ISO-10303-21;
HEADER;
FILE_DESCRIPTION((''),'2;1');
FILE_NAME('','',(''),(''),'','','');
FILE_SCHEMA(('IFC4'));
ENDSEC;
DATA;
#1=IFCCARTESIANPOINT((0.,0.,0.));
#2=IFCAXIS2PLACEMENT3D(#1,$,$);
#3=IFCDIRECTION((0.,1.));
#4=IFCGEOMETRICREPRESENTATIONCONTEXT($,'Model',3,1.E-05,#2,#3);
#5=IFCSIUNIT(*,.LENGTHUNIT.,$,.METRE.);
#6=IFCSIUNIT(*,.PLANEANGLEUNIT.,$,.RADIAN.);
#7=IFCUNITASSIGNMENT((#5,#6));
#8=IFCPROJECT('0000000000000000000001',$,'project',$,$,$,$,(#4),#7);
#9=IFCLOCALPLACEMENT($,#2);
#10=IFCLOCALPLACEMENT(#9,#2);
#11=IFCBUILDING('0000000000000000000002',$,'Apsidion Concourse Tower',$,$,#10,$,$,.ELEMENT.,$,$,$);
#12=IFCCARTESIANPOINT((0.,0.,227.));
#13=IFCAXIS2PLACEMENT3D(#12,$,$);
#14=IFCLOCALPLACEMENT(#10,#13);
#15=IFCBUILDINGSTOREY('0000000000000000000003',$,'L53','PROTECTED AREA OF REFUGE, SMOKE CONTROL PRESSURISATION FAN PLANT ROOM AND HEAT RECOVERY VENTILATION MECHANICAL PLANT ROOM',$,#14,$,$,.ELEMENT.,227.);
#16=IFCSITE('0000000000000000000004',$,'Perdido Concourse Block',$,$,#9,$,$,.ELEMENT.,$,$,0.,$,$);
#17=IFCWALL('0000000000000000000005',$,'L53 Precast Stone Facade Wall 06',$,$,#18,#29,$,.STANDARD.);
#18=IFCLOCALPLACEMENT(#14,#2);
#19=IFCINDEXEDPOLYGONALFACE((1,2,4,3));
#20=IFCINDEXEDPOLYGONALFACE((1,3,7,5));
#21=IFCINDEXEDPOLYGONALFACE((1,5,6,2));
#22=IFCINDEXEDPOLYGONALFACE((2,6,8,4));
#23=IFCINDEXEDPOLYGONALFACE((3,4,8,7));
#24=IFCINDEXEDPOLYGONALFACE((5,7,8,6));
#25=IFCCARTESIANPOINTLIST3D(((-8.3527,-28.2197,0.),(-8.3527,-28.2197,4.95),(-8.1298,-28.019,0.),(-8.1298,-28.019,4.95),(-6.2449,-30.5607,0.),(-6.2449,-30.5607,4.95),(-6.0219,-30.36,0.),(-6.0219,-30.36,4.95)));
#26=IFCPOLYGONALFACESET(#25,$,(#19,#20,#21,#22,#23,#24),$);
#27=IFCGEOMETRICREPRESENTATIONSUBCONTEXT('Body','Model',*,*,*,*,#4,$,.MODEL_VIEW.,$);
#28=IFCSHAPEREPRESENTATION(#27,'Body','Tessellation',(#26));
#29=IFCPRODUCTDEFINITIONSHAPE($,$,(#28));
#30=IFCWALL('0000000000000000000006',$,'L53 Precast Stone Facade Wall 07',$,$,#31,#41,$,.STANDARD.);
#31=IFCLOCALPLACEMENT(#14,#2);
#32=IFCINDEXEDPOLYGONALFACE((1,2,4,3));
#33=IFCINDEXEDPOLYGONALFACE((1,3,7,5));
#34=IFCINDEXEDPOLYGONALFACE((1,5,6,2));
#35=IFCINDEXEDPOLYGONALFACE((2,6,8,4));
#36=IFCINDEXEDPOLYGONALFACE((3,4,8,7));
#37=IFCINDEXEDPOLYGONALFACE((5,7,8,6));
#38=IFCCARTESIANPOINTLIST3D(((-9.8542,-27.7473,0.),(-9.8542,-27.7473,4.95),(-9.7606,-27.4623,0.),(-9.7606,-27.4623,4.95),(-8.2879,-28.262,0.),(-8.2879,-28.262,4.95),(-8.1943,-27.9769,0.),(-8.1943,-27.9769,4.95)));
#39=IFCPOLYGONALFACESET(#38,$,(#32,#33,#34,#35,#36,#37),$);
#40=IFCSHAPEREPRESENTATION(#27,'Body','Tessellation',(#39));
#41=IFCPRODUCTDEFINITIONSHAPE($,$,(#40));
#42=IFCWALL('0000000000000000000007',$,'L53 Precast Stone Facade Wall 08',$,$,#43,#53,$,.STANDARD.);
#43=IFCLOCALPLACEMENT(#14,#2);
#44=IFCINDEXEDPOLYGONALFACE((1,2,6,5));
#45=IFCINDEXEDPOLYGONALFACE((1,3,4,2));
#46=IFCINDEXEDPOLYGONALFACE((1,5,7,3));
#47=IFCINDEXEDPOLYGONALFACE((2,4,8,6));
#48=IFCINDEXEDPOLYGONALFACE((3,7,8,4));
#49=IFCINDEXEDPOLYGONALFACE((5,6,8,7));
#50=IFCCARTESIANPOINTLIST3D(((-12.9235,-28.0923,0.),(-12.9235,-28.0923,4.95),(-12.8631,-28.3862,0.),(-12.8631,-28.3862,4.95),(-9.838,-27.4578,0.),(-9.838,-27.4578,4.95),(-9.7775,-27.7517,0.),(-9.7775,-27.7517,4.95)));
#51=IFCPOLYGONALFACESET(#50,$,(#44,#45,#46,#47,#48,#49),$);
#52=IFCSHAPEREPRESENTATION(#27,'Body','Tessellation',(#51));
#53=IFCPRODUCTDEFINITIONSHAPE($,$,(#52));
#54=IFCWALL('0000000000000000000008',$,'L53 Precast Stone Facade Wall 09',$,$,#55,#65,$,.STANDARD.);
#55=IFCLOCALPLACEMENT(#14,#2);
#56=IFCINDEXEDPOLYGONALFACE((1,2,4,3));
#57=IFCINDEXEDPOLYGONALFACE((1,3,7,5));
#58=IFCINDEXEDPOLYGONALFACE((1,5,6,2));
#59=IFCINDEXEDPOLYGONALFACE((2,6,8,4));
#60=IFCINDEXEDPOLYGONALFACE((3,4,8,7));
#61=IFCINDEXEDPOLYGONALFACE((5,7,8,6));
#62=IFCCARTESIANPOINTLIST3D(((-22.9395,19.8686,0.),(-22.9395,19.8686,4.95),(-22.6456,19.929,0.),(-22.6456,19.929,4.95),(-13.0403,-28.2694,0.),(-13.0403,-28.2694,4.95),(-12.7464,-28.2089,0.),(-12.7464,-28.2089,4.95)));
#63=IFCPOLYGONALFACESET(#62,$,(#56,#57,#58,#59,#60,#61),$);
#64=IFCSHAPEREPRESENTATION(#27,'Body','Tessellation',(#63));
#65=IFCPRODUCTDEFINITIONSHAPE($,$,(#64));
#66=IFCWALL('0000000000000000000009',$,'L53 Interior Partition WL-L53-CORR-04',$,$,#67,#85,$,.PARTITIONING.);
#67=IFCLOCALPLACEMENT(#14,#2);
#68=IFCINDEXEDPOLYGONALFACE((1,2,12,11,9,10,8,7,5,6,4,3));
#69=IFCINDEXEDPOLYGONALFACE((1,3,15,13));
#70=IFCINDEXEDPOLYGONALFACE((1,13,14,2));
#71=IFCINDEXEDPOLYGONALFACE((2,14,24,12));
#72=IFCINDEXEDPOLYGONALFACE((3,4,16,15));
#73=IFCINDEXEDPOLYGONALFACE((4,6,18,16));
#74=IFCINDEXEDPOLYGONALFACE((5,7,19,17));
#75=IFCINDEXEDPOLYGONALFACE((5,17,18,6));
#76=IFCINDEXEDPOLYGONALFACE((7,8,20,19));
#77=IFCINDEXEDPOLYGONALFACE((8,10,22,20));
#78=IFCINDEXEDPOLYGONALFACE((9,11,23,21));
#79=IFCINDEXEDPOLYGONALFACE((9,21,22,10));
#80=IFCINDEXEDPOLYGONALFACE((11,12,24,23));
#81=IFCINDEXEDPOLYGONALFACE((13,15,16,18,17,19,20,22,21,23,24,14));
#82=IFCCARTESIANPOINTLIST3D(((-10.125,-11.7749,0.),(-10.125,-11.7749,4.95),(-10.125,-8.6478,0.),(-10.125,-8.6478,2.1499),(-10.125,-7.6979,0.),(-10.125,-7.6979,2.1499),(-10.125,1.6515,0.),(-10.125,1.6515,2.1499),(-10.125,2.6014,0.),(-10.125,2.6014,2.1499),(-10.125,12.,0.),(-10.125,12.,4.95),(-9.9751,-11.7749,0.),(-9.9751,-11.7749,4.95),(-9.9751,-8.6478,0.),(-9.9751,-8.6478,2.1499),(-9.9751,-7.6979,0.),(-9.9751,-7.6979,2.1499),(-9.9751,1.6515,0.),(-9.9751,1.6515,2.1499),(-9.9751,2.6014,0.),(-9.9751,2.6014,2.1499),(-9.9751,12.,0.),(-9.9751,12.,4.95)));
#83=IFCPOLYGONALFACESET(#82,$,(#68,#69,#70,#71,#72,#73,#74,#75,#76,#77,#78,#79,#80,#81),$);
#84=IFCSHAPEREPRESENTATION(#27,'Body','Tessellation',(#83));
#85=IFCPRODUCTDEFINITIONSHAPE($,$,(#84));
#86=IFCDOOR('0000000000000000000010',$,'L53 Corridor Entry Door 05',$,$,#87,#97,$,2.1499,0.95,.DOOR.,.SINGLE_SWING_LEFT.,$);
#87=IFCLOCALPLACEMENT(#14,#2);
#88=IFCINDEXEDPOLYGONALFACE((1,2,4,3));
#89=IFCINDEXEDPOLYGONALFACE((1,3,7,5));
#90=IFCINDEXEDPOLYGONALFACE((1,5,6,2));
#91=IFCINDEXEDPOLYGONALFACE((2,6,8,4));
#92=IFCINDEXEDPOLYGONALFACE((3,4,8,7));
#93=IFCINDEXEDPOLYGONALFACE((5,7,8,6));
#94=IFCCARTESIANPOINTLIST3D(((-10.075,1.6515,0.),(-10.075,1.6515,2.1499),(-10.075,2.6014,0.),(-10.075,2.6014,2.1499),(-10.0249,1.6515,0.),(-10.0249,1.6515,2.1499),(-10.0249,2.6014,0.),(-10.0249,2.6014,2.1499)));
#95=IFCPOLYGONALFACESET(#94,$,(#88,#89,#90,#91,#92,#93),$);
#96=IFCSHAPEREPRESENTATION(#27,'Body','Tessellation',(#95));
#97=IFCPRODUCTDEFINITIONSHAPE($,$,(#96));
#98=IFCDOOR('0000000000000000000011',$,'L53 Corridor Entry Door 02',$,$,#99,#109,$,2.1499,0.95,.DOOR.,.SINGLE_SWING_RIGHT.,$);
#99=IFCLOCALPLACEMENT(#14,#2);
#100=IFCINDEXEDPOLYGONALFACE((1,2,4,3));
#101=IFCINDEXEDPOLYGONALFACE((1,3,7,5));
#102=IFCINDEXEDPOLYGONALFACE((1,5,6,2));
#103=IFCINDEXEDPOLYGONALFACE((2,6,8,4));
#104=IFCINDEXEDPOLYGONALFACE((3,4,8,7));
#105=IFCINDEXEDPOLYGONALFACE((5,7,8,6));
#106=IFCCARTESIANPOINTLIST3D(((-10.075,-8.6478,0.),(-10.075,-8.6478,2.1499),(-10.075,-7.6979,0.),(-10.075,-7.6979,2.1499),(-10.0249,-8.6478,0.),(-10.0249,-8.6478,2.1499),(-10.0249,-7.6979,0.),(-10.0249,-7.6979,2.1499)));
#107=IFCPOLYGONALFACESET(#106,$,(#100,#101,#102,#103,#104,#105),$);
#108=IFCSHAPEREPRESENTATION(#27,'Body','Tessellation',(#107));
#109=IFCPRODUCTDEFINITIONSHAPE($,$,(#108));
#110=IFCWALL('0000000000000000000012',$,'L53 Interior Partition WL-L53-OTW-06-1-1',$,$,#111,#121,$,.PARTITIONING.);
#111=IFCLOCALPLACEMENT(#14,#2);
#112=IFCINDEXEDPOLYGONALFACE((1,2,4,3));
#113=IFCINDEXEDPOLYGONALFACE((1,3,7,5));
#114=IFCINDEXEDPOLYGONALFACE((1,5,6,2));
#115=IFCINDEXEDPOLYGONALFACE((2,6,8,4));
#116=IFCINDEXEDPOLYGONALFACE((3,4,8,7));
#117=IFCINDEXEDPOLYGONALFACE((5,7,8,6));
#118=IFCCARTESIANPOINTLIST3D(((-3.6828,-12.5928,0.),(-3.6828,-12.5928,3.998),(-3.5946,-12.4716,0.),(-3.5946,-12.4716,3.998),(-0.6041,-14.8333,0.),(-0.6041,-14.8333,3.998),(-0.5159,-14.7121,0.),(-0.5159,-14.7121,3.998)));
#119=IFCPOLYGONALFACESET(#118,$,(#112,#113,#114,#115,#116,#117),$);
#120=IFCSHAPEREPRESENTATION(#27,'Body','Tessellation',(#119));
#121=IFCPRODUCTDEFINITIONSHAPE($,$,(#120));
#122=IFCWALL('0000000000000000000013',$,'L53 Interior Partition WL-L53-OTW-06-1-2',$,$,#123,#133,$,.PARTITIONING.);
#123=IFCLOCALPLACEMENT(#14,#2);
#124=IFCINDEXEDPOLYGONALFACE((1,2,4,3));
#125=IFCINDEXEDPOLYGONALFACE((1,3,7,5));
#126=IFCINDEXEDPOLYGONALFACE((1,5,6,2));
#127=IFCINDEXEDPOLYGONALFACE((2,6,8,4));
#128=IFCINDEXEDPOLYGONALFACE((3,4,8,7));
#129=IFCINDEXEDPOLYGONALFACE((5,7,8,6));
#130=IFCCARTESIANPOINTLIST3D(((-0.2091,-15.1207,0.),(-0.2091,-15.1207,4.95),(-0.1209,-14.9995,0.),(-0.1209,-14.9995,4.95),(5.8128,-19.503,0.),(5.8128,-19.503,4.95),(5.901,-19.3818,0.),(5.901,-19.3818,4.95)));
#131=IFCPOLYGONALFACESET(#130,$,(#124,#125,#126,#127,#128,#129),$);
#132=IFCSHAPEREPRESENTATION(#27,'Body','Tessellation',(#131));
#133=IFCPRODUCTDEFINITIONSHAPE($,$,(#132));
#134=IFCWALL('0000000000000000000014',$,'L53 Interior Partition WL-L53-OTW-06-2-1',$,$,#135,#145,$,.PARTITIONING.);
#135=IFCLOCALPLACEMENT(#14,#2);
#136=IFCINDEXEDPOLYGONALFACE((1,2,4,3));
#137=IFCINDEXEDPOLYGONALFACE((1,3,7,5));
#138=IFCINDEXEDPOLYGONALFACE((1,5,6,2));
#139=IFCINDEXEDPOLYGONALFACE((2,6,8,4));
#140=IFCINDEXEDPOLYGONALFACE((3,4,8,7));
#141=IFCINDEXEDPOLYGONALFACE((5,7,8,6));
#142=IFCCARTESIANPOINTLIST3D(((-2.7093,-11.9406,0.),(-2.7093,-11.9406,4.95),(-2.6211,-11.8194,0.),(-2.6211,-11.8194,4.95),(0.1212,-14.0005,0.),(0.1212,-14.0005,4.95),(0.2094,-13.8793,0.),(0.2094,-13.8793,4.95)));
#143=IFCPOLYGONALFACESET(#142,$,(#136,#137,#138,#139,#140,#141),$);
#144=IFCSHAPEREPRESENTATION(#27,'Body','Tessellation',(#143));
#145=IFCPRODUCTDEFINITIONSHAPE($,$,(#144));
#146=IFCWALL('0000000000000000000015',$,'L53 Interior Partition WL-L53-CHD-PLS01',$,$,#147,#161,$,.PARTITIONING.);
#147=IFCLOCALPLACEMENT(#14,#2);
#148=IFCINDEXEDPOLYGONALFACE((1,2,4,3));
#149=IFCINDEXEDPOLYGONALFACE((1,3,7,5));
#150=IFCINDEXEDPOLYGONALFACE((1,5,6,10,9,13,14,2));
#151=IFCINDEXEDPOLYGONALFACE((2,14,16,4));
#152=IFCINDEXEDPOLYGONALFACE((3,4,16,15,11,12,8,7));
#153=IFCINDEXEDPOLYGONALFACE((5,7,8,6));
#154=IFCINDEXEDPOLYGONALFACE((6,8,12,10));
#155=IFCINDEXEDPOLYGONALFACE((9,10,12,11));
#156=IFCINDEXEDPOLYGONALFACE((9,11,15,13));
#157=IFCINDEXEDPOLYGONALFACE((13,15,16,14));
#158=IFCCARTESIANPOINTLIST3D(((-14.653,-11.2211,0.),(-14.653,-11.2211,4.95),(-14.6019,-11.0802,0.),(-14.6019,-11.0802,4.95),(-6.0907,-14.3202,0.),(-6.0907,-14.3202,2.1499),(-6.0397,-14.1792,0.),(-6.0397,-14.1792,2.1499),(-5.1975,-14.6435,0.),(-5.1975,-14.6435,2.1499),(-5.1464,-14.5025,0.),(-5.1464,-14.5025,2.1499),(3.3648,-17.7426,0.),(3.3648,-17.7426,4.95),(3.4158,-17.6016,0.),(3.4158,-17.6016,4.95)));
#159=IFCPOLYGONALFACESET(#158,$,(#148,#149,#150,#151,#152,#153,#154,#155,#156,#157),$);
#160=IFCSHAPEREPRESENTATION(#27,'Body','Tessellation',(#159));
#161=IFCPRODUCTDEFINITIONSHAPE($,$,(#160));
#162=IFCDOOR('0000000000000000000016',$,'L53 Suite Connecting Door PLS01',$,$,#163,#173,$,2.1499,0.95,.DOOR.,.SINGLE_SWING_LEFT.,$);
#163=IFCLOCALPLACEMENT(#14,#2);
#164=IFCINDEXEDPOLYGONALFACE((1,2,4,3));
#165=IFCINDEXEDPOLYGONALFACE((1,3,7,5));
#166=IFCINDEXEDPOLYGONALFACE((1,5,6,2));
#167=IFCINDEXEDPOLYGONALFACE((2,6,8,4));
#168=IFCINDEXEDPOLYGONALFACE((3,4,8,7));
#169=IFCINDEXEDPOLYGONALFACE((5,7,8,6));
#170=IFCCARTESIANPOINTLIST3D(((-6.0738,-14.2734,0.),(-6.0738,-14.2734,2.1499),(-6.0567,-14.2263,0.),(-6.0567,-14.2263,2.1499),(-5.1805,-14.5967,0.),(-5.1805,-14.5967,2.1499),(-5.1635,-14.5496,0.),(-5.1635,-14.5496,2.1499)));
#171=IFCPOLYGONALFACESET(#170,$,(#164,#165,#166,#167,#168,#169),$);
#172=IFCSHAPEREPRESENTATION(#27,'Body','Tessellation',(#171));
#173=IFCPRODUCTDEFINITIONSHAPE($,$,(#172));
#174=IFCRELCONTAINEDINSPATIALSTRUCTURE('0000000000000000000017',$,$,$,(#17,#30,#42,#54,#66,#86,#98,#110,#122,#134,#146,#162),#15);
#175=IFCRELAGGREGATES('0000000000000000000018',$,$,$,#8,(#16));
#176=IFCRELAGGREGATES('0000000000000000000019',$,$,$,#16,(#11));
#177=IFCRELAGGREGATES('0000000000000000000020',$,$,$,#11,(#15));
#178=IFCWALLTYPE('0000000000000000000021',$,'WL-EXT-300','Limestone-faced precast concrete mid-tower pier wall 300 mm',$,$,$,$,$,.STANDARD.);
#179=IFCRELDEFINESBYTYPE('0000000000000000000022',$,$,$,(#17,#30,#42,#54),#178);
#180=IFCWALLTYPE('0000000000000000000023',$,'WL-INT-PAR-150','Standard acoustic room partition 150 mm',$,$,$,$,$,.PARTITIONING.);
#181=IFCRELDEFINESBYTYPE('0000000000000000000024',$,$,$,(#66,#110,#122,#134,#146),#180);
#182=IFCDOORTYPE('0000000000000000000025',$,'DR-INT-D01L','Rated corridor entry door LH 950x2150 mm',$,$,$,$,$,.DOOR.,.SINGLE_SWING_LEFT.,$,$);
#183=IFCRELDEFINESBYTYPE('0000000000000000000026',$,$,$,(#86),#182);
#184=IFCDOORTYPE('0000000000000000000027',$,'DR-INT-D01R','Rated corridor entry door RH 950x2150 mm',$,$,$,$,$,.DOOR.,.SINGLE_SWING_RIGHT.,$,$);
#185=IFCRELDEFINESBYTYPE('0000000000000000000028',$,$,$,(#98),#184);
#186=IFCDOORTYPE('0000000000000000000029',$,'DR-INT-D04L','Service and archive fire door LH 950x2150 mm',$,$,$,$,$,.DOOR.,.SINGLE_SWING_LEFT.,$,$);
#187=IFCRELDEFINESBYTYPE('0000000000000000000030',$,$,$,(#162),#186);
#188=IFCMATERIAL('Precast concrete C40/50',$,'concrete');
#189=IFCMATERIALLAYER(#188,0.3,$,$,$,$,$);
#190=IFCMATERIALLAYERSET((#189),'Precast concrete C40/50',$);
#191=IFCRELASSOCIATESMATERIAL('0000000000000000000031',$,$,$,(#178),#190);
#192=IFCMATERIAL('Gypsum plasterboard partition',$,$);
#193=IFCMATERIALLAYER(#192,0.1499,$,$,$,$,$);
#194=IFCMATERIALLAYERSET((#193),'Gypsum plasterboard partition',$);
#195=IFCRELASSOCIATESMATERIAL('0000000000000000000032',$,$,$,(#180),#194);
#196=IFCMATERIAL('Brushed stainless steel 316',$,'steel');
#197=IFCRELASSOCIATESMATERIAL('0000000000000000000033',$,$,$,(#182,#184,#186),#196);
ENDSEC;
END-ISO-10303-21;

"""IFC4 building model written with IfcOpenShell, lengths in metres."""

from ifc_helpers import new_model, si_unit, direction, frame, frame_2d, origin, place, context, subcontext, project, spatial, rectangle, extrude, material, layer, layer_set, type_object, element, fill, save


model = new_model("IFC4")

# Units and contexts
model_context = context("Model", 3, precision=1e-05, world=origin(), true_north=direction((0.0, 1.0)))
body_context = subcontext(model_context, "Body", "Model", "MODEL_VIEW")
ifc_project = project(units=[si_unit("LENGTHUNIT", "METRE"), si_unit("PLANEANGLEUNIT", "RADIAN")], contexts=[model_context])

# Site, building, storey
site_placement = place(None, origin())
site = spatial("IfcSite", under=ifc_project, at=site_placement, Name="Perdido Concourse Block", CompositionType="ELEMENT", RefElevation=0.0)
building_placement = place(site_placement, origin())
building = spatial("IfcBuilding", under=site, at=building_placement, Name="Apsidion Concourse Tower", CompositionType="ELEMENT")
storey_placement = place(building_placement, frame((0.0, 0.0, 227.0)))
storey = spatial("IfcBuildingStorey", under=building, at=storey_placement, Name="L53", Description="PROTECTED AREA OF REFUGE, SMOKE CONTROL PRESSURISATION FAN PLANT ROOM AND HEAT RECOVERY VENTILATION MECHANICAL PLANT ROOM", CompositionType="ELEMENT", Elevation=227.0)

# Walls
ifc_material_1 = material(Name="Precast concrete C40/50", Category="concrete")
ifc_layer_1 = layer(ifc_material_1, 0.3)
ifc_layer_set_1 = layer_set([ifc_layer_1], Name="Precast concrete C40/50")
wall_type_1 = type_object("IfcWallType", Name="WL-EXT-300", Description="Limestone-faced precast concrete mid-tower pier wall 300 mm", PredefinedType="STANDARD", material=ifc_layer_set_1)
wall_1_placement = place(storey_placement, frame((-6.1333, -30.4604, 0.0), z_axis=(0.0, 0.0, 1.0), x_axis=(-0.669132, 0.743144, 0.0)))
element("IfcWall", 1, at=wall_1_placement, inside=storey, type_object=wall_type_1, Name="L53 Precast Stone Facade Wall 06", PredefinedType="STANDARD", context=body_context, shape_type="SweptSolid", body=[
    extrude(rectangle(XDim=3.1501, YDim=0.3, at=frame_2d((1.5752, 0.0))), origin(), (0.0, 0.0, 1.0), 4.95),
])
wall_2_placement = place(storey_placement, frame((-8.2412, -28.1194, 0.0), z_axis=(0.0, 0.0, 1.0), x_axis=(-0.950037, 0.312138, 0.0)))
element("IfcWall", 2, at=wall_2_placement, inside=storey, type_object=wall_type_1, Name="L53 Precast Stone Facade Wall 07", PredefinedType="STANDARD", context=body_context, shape_type="SweptSolid", body=[
    extrude(rectangle(XDim=1.6487, YDim=0.3, at=frame_2d((0.8242, 0.0))), origin(), (0.0, 0.0, 1.0), 4.95),
])
wall_3_placement = place(storey_placement, frame((-9.8076, -27.6047, 0.0), z_axis=(0.0, 0.0, 1.0), x_axis=(-0.979505, -0.201419, 0.0)))
element("IfcWall", 3, at=wall_3_placement, inside=storey, type_object=wall_type_1, Name="L53 Precast Stone Facade Wall 08", PredefinedType="STANDARD", context=body_context, shape_type="SweptSolid", body=[
    extrude(rectangle(XDim=3.1501, YDim=0.3, at=frame_2d((1.5752, 0.0))), origin(), (0.0, 0.0, 1.0), 4.95),
])
wall_4_placement = place(storey_placement, frame((-12.8933, -28.2393, 0.0), z_axis=(0.0, 0.0, 1.0), x_axis=(-0.201427, 0.979504, 0.0)))
element("IfcWall", 4, at=wall_4_placement, inside=storey, type_object=wall_type_1, Name="L53 Precast Stone Facade Wall 09", PredefinedType="STANDARD", context=body_context, shape_type="SweptSolid", body=[
    extrude(rectangle(XDim=49.1453, YDim=0.3, at=frame_2d((24.5728, 0.0))), origin(), (0.0, 0.0, 1.0), 4.95),
])

# Wall, openings, doors
ifc_material_2 = material(Name="Gypsum plasterboard partition")
ifc_layer_2 = layer(ifc_material_2, 0.1499)
ifc_layer_set_2 = layer_set([ifc_layer_2], Name="Gypsum plasterboard partition")
wall_type_2 = type_object("IfcWallType", Name="WL-INT-PAR-150", Description="Standard acoustic room partition 150 mm", PredefinedType="PARTITIONING", material=ifc_layer_set_2)
wall_5_placement = place(storey_placement, frame((-10.05, -11.7749, 0.0), z_axis=(0.0, 0.0, 1.0), x_axis=(0.0, 1.0, 0.0)))
wall_5 = element("IfcWall", 5, at=wall_5_placement, inside=storey, type_object=wall_type_2, Name="L53 Interior Partition WL-L53-CORR-04", PredefinedType="PARTITIONING", context=body_context, shape_type="SweptSolid", body=[
    extrude(rectangle(XDim=23.7749, YDim=0.1499, at=frame_2d((11.8875, 0.0))), origin(), (0.0, 0.0, 1.0), 4.95),
])
opening_1_placement = place(wall_5_placement, frame((3.127, 0.0, 0.0)))
opening_1 = element("IfcOpeningElement", 6, at=opening_1_placement, cuts=wall_5, PredefinedType="OPENING", context=body_context, shape_type="SweptSolid", body=[
    extrude(rectangle(XDim=0.95, YDim=2.1499, at=frame_2d((0.4751, 1.075))), frame((0.0, 0.085, 0.0), z_axis=(0.0, -1.0, 0.0), x_axis=(1.0, 0.0, 0.0)), (0.0, 0.0, 1.0), 0.1699),
])
opening_2_placement = place(wall_5_placement, frame((13.4263, 0.0, 0.0)))
opening_2 = element("IfcOpeningElement", 7, at=opening_2_placement, cuts=wall_5, PredefinedType="OPENING", context=body_context, shape_type="SweptSolid", body=[
    extrude(rectangle(XDim=0.95, YDim=2.1499, at=frame_2d((0.4751, 1.075))), frame((0.0, 0.085, 0.0), z_axis=(0.0, -1.0, 0.0), x_axis=(1.0, 0.0, 0.0)), (0.0, 0.0, 1.0), 0.1699),
])
ifc_material_3 = material(Name="Brushed stainless steel 316", Category="steel")
door_type_1 = type_object("IfcDoorType", Name="DR-INT-D01L", Description="Rated corridor entry door LH 950x2150 mm", OperationType="SINGLE_SWING_LEFT", PredefinedType="DOOR", material=ifc_material_3)
door_1_placement = place(opening_2_placement, origin())
door_1 = element("IfcDoor", 8, at=door_1_placement, inside=storey, type_object=door_type_1, Name="L53 Corridor Entry Door 05", OperationType="SINGLE_SWING_LEFT", OverallHeight=2.1499, OverallWidth=0.95, PredefinedType="DOOR", context=body_context, shape_type="SweptSolid", body=[
    extrude(rectangle(XDim=0.95, YDim=2.1499, at=frame_2d((0.4751, 1.075))), frame((0.0, 0.0249, 0.0), z_axis=(0.0, -1.0, 0.0), x_axis=(1.0, 0.0, 0.0)), (0.0, 0.0, 1.0), 0.05),
])
fill(opening_2, door_1)
door_type_2 = type_object("IfcDoorType", Name="DR-INT-D01R", Description="Rated corridor entry door RH 950x2150 mm", OperationType="SINGLE_SWING_RIGHT", PredefinedType="DOOR", material=ifc_material_3)
door_2_placement = place(opening_1_placement, origin())
door_2 = element("IfcDoor", 9, at=door_2_placement, inside=storey, type_object=door_type_2, Name="L53 Corridor Entry Door 02", OperationType="SINGLE_SWING_RIGHT", OverallHeight=2.1499, OverallWidth=0.95, PredefinedType="DOOR", context=body_context, shape_type="SweptSolid", body=[
    extrude(rectangle(XDim=0.95, YDim=2.1499, at=frame_2d((0.4751, 1.075))), frame((0.0, 0.0249, 0.0), z_axis=(0.0, -1.0, 0.0), x_axis=(1.0, 0.0, 0.0)), (0.0, 0.0, 1.0), 0.05),
])
fill(opening_1, door_2)

# Walls
wall_6_placement = place(storey_placement, frame((-3.6387, -12.5322, 0.0), z_axis=(0.0, 0.0, 1.0), x_axis=(0.80855, -0.588427, 0.0)))
element("IfcWall", 10, at=wall_6_placement, inside=storey, type_object=wall_type_2, Name="L53 Interior Partition WL-L53-OTW-06-1-1", PredefinedType="PARTITIONING", context=body_context, shape_type="SweptSolid", body=[
    extrude(rectangle(XDim=3.8076, YDim=0.1499, at=frame_2d((1.9038, 0.0))), origin(), (0.0, 0.0, 1.0), 3.998),
])
wall_7_placement = place(storey_placement, frame((-0.165, -15.0601, 0.0), z_axis=(0.0, 0.0, 1.0), x_axis=(0.808563, -0.588409, 0.0)))
element("IfcWall", 11, at=wall_7_placement, inside=storey, type_object=wall_type_2, Name="L53 Interior Partition WL-L53-OTW-06-1-2", PredefinedType="PARTITIONING", context=body_context, shape_type="SweptSolid", body=[
    extrude(rectangle(XDim=7.4478, YDim=0.1499, at=frame_2d((3.7239, 0.0))), origin(), (0.0, 0.0, 1.0), 4.95),
])
wall_8_placement = place(storey_placement, frame((-2.6653, -11.8799, 0.0), z_axis=(0.0, 0.0, 1.0), x_axis=(0.808537, -0.588445, 0.0)))
element("IfcWall", 12, at=wall_8_placement, inside=storey, type_object=wall_type_2, Name="L53 Interior Partition WL-L53-OTW-06-2-1", PredefinedType="PARTITIONING", context=body_context, shape_type="SweptSolid", body=[
    extrude(rectangle(XDim=3.5007, YDim=0.1499, at=frame_2d((1.7505, 0.0))), origin(), (0.0, 0.0, 1.0), 4.95),
])

# Wall, opening, door
wall_9_placement = place(storey_placement, frame((-14.6274, -11.1506, 0.0), z_axis=(0.0, 0.0, 1.0), x_axis=(0.940303, -0.340339, 0.0)))
wall_9 = element("IfcWall", 13, at=wall_9_placement, inside=storey, type_object=wall_type_2, Name="L53 Interior Partition WL-L53-CHD-PLS01", PredefinedType="PARTITIONING", context=body_context, shape_type="SweptSolid", body=[
    extrude(rectangle(XDim=19.1616, YDim=0.1499, at=frame_2d((9.5808, 0.0))), origin(), (0.0, 0.0, 1.0), 4.95),
])
opening_3_placement = place(wall_9_placement, frame((9.1057, 0.0, 0.0)))
opening_3 = element("IfcOpeningElement", 14, at=opening_3_placement, cuts=wall_9, PredefinedType="OPENING", context=body_context, shape_type="SweptSolid", body=[
    extrude(rectangle(XDim=0.95, YDim=2.1499, at=frame_2d((0.4751, 1.075))), frame((0.0, 0.085, 0.0), z_axis=(0.0, -1.0, 0.0), x_axis=(1.0, 0.0, 0.0)), (0.0, 0.0, 1.0), 0.1699),
])
door_type_3 = type_object("IfcDoorType", Name="DR-INT-D04L", Description="Service and archive fire door LH 950x2150 mm", OperationType="SINGLE_SWING_LEFT", PredefinedType="DOOR", material=ifc_material_3)
door_3_placement = place(opening_3_placement, origin())
door_3 = element("IfcDoor", 15, at=door_3_placement, inside=storey, type_object=door_type_3, Name="L53 Suite Connecting Door PLS01", OperationType="SINGLE_SWING_LEFT", OverallHeight=2.1499, OverallWidth=0.95, PredefinedType="DOOR", context=body_context, shape_type="SweptSolid", body=[
    extrude(rectangle(XDim=0.95, YDim=2.1499, at=frame_2d((0.4751, 1.075))), frame((0.0, 0.0249, 0.0), z_axis=(0.0, -1.0, 0.0), x_axis=(1.0, 0.0, 0.0)), (0.0, 0.0, 1.0), 0.05),
])
fill(opening_3, door_3)

save(model, "model.ifc")
